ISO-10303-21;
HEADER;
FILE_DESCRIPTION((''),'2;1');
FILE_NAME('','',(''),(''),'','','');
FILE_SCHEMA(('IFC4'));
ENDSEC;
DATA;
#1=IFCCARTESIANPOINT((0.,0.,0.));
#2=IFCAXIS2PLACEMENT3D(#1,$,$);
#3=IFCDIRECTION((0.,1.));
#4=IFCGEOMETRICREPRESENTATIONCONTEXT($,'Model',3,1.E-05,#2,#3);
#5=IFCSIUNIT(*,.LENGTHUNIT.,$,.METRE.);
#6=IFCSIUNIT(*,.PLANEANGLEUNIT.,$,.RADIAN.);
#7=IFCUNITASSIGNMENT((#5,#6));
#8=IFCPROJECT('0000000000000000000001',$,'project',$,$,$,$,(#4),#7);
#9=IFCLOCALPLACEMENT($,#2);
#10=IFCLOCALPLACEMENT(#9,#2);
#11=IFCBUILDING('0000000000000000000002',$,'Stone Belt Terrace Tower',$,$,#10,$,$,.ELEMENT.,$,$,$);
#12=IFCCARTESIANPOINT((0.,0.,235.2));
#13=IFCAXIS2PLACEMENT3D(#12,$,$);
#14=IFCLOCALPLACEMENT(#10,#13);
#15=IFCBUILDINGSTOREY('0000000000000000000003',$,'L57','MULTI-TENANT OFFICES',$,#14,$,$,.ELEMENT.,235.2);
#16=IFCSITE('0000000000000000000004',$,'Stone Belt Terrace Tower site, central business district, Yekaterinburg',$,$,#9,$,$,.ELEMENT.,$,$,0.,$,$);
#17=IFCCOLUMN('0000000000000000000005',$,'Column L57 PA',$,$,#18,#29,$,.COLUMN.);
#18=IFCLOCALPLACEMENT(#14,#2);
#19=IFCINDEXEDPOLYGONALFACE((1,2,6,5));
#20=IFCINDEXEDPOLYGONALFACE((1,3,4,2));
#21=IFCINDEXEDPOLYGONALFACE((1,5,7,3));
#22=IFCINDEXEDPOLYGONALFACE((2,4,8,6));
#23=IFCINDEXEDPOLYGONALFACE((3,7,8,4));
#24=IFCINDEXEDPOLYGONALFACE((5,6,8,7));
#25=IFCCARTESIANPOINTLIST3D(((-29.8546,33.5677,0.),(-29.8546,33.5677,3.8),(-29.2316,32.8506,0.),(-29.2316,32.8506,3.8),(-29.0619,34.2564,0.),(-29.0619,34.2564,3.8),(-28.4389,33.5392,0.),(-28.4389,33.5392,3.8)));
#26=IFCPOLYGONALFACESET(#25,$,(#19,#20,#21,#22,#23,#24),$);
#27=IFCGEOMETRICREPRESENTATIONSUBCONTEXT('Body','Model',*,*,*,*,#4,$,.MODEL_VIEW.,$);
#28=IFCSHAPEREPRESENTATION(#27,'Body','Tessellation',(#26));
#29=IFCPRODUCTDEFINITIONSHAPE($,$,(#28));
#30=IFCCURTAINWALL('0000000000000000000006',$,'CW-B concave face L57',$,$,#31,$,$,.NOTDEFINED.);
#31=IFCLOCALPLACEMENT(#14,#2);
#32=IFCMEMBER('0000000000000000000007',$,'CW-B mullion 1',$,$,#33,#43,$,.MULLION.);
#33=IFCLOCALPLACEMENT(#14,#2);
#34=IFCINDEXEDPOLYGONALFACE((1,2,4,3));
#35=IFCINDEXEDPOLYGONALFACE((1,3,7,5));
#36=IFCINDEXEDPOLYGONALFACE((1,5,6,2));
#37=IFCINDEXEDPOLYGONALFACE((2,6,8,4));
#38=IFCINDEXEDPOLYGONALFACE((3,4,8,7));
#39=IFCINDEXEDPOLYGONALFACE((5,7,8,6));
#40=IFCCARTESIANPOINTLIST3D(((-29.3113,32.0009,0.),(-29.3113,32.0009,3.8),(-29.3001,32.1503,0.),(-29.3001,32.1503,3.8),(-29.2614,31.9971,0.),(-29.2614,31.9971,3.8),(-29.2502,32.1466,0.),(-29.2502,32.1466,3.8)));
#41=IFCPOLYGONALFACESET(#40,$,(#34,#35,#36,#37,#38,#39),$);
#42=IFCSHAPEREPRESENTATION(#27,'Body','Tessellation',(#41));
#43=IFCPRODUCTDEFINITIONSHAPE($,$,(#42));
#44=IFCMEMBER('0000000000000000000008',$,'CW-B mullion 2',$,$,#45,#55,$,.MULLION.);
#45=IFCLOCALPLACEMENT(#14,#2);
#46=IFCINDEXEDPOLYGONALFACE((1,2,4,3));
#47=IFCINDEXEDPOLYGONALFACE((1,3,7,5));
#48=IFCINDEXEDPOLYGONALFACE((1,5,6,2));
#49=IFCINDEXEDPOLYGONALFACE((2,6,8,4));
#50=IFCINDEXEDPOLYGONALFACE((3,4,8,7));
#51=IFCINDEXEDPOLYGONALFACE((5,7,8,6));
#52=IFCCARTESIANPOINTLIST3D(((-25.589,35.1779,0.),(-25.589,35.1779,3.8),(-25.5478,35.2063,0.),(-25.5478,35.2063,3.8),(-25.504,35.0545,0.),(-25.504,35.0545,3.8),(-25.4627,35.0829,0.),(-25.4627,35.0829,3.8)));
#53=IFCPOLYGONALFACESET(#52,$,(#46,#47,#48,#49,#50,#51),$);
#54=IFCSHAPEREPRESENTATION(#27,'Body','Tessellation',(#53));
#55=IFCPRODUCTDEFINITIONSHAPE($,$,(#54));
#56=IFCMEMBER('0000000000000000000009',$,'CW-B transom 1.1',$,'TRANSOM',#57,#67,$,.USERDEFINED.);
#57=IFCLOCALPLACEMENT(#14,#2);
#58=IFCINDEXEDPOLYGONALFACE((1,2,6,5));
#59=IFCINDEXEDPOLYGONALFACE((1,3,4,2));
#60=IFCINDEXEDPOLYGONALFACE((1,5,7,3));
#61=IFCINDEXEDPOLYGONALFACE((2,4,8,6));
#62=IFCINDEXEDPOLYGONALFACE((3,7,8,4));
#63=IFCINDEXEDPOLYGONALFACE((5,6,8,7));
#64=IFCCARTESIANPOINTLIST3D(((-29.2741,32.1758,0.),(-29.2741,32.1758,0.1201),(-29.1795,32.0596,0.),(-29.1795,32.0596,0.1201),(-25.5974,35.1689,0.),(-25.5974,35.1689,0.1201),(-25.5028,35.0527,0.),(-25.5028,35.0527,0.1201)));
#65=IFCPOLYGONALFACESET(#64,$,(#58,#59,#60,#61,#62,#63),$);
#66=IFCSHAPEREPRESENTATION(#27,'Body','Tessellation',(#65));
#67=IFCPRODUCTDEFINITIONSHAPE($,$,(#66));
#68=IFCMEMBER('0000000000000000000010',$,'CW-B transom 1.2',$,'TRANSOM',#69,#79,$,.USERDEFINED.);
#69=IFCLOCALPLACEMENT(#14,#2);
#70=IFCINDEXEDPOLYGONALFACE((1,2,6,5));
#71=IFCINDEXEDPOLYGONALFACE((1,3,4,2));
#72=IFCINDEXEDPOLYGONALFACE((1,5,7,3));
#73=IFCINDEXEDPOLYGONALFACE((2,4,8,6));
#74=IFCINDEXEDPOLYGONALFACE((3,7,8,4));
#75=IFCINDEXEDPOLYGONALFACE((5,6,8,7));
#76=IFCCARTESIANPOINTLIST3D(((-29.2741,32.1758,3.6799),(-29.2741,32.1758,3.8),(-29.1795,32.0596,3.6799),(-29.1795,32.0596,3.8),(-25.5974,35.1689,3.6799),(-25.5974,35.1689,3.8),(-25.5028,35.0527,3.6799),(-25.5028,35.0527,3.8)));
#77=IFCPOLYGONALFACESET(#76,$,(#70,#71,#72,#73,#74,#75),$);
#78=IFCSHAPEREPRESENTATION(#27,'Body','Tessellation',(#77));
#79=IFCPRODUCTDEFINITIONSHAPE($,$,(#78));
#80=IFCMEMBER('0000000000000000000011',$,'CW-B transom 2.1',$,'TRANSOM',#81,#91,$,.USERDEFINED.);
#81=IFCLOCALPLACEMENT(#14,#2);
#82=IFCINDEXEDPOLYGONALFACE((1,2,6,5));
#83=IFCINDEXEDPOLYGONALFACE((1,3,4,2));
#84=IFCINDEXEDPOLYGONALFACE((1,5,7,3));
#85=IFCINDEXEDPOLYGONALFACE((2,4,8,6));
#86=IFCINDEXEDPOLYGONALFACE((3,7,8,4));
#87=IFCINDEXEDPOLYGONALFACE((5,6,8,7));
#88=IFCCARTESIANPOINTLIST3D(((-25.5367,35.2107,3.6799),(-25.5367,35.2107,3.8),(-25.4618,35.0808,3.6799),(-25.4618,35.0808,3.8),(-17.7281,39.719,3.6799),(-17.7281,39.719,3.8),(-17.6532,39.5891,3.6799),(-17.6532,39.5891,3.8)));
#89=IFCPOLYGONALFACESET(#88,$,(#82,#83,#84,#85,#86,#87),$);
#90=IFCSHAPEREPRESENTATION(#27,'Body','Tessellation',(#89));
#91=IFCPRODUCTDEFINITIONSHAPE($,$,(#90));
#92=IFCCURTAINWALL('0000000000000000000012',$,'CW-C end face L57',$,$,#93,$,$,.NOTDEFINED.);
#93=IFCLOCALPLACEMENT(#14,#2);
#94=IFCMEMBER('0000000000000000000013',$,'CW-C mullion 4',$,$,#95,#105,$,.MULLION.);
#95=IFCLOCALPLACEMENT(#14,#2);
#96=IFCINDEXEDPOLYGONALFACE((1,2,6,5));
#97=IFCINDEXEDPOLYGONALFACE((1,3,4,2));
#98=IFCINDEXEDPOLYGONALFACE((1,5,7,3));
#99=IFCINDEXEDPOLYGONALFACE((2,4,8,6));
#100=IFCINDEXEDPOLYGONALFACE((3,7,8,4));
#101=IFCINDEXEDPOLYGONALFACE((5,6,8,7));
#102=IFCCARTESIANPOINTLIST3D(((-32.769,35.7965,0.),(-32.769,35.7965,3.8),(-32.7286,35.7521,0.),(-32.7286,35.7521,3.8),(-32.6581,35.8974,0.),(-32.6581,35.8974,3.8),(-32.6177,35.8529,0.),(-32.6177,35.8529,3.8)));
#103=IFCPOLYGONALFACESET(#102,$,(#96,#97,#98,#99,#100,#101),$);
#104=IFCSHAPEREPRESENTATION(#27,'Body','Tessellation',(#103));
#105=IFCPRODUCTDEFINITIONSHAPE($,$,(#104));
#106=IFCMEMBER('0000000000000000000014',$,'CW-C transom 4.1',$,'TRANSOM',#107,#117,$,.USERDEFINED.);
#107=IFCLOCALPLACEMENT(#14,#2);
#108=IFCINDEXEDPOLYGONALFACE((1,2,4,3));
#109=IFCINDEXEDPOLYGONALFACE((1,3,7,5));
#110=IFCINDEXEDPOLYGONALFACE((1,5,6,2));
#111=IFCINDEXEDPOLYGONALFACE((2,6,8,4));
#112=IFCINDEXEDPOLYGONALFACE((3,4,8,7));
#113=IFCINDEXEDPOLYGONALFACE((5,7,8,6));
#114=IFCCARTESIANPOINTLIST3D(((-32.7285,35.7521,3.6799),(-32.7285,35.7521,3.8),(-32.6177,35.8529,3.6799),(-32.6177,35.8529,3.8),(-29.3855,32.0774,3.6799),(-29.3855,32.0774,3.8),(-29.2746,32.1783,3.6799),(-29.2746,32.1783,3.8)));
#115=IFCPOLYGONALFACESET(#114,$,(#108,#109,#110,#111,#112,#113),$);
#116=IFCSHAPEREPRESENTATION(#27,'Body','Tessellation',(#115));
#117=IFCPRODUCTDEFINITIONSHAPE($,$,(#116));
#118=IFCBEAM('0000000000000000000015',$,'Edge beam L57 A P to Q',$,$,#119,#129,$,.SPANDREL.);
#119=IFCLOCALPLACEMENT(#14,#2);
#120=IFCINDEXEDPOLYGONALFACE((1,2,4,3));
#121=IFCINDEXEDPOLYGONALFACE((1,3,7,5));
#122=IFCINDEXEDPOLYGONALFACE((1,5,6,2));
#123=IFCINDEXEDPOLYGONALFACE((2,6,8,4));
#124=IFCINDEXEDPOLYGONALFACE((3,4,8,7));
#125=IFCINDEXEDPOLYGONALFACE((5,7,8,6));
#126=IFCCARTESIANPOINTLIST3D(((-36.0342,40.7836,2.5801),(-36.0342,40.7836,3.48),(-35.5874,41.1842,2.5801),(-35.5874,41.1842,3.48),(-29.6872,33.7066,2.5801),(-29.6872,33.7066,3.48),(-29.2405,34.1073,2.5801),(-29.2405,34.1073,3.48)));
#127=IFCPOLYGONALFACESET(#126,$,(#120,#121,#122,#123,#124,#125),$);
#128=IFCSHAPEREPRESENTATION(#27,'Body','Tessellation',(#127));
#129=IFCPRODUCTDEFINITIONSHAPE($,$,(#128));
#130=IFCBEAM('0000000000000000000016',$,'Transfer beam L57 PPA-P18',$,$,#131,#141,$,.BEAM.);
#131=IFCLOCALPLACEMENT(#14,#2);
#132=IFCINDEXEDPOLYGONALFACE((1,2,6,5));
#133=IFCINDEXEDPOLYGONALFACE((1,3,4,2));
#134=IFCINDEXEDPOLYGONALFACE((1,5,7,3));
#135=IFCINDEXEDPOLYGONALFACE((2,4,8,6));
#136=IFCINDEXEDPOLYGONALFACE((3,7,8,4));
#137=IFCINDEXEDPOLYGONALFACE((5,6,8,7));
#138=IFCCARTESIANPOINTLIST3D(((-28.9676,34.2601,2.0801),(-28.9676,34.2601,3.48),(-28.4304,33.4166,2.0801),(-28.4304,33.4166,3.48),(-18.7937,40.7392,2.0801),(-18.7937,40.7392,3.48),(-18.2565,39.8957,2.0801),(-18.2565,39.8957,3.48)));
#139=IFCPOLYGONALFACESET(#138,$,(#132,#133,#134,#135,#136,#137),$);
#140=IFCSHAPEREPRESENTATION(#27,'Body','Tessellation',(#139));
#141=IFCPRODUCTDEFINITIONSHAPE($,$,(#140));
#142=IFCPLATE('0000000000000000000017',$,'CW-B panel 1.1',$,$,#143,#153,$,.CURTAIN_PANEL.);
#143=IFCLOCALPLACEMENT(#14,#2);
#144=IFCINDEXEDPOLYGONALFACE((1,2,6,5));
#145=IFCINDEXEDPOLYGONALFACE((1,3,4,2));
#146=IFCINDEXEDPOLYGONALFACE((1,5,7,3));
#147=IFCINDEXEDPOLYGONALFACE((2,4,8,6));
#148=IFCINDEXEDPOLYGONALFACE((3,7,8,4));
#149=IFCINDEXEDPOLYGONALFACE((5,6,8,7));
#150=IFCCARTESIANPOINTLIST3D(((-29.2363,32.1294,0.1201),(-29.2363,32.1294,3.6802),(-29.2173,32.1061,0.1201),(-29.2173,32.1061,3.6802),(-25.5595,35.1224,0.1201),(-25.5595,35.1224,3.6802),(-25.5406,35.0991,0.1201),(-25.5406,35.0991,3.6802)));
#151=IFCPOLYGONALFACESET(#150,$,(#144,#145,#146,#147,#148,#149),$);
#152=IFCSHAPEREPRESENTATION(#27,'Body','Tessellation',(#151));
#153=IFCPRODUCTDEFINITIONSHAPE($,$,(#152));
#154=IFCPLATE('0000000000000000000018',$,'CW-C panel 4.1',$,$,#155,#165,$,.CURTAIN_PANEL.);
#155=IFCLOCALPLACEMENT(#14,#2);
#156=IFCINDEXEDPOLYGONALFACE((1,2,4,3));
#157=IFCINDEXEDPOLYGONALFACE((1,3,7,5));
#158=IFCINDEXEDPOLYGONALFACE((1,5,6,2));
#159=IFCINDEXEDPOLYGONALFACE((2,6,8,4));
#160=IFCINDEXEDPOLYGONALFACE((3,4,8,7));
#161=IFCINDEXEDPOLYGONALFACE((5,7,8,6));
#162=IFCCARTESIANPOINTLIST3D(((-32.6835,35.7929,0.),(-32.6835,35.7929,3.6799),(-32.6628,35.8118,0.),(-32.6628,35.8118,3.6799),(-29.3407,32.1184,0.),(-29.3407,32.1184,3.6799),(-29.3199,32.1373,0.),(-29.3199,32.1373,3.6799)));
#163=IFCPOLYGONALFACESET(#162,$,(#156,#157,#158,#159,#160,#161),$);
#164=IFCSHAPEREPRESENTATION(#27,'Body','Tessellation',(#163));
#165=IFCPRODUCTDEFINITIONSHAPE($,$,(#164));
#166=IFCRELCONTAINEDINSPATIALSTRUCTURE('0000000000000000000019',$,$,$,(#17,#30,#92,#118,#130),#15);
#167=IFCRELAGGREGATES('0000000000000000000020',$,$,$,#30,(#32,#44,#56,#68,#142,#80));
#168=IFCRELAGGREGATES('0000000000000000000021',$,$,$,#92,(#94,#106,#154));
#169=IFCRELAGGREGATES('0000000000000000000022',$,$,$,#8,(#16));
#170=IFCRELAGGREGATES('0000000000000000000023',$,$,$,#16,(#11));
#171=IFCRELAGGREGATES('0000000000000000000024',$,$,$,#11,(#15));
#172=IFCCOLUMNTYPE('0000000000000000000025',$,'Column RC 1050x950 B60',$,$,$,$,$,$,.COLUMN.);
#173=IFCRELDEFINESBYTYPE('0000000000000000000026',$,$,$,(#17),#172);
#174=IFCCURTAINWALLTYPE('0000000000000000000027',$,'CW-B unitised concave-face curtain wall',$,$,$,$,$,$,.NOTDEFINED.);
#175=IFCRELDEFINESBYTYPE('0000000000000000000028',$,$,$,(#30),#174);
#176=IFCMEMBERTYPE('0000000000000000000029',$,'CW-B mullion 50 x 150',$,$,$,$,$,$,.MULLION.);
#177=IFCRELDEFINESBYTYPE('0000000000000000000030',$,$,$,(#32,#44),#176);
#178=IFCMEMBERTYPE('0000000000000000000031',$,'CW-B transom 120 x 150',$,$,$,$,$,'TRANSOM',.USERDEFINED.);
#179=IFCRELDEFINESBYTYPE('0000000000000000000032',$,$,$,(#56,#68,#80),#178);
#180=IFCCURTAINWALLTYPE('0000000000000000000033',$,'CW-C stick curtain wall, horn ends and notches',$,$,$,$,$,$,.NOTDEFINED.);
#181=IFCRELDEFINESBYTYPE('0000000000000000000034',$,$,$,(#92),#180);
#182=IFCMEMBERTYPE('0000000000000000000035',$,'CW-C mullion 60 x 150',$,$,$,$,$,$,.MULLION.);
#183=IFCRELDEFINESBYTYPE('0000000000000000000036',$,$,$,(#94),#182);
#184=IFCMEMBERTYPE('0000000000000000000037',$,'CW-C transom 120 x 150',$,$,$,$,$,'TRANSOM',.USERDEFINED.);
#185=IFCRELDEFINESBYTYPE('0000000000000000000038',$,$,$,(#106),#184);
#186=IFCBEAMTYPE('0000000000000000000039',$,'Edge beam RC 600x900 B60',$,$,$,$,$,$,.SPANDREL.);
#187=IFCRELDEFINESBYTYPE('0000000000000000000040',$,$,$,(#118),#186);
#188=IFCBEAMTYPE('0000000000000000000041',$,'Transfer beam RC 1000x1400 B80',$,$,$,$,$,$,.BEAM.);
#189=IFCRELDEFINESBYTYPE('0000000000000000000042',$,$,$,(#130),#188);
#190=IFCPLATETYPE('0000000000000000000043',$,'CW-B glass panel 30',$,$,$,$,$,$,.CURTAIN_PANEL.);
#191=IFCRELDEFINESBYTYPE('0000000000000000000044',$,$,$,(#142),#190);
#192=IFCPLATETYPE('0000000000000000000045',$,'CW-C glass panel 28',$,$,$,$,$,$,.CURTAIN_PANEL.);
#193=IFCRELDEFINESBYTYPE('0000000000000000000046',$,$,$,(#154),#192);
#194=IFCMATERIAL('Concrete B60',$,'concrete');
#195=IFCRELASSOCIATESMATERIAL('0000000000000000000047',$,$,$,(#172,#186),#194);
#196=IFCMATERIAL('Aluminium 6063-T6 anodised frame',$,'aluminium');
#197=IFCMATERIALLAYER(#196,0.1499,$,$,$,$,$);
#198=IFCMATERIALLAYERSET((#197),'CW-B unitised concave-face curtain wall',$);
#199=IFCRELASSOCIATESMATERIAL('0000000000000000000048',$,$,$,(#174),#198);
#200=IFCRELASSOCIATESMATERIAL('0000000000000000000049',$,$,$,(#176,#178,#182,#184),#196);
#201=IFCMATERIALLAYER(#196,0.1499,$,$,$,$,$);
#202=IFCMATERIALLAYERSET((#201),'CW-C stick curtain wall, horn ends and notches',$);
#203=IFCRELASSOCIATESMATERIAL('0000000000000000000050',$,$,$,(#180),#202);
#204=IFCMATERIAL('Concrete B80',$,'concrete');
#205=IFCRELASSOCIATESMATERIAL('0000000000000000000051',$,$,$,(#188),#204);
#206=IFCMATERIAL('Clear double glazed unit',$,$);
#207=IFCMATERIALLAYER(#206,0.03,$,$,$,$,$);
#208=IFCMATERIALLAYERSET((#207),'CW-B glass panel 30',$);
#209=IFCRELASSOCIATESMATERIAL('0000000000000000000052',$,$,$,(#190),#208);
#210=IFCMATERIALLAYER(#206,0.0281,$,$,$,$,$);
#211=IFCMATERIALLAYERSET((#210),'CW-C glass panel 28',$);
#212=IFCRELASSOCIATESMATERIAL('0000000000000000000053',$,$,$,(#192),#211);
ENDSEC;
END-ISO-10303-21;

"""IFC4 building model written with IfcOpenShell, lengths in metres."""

from ifc_helpers import new_model, si_unit, direction, frame, origin, origin_2d, place, context, subcontext, project, spatial, rectangle, extrude, material, layer, layer_set, material_profile, profile_set, type_object, element, aggregate, save


model = new_model("IFC4")

# Units and contexts
model_context = context("Model", 3, precision=1e-05, world=origin(), true_north=direction((0.0, 1.0)))
body_context = subcontext(model_context, "Body", "Model", "MODEL_VIEW")
ifc_project = project(units=[si_unit("LENGTHUNIT", "METRE"), si_unit("PLANEANGLEUNIT", "RADIAN")], contexts=[model_context])

# Site, building, storey
site_placement = place(None, origin())
site = spatial("IfcSite", under=ifc_project, at=site_placement, Name="Stone Belt Terrace Tower site, central business district, Yekaterinburg", CompositionType="ELEMENT", RefElevation=0.0)
building_placement = place(site_placement, origin())
building = spatial("IfcBuilding", under=site, at=building_placement, Name="Stone Belt Terrace Tower", CompositionType="ELEMENT")
storey_placement = place(building_placement, frame((0.0, 0.0, 235.2)))
storey = spatial("IfcBuildingStorey", under=building, at=storey_placement, Name="L57", Description="MULTI-TENANT OFFICES", CompositionType="ELEMENT", Elevation=235.2)

# Column
ifc_material_1 = material(Name="Concrete B60", Category="concrete")
ifc_material_profile_1 = material_profile(ifc_material_1, rectangle(XDim=1.05, YDim=0.95, at=origin_2d()), Name="RC 1050x950")
ifc_profile_set_1 = profile_set([ifc_material_profile_1], Name="Concrete B60")
column_type = type_object("IfcColumnType", Name="Column RC 1050x950 B60", PredefinedType="COLUMN", material=ifc_profile_set_1)
column_placement = place(storey_placement, frame((-29.1467, 33.5535, 0.0), z_axis=(0.0, 0.0, 1.0), x_axis=(0.754941, 0.655793, 0.0)))
element("IfcColumn", 1, at=column_placement, inside=storey, type_object=column_type, Name="Column L57 PA", PredefinedType="COLUMN", context=body_context, shape_type="SweptSolid", body=[
    extrude(rectangle(XDim=1.05, YDim=0.95, at=origin_2d()), origin(), (0.0, 0.0, 1.0), 3.8),
])

# Curtain walls, members
ifc_material_2 = material(Name="Aluminium 6063-T6 anodised frame", Category="aluminium")
ifc_layer_1 = layer(ifc_material_2, 0.1499)
ifc_layer_set_1 = layer_set([ifc_layer_1], Name="CW-B unitised concave-face curtain wall")
curtain_wall_type_1 = type_object("IfcCurtainWallType", Name="CW-B unitised concave-face curtain wall", PredefinedType="NOTDEFINED", material=ifc_layer_set_1)
curtain_wall_1_placement = place(storey_placement, origin())
curtain_wall_1 = element("IfcCurtainWall", 2, at=curtain_wall_1_placement, inside=storey, type_object=curtain_wall_type_1, Name="CW-B concave face L57", PredefinedType="NOTDEFINED")
ifc_material_profile_2 = material_profile(ifc_material_2, rectangle(XDim=0.1499, YDim=0.05, at=origin_2d()), Name="Aluminium 6063-T6 50x150")
ifc_profile_set_2 = profile_set([ifc_material_profile_2], Name="Aluminium 6063-T6 anodised frame")
member_type_1 = type_object("IfcMemberType", Name="CW-B mullion 50 x 150", PredefinedType="MULLION", material=ifc_profile_set_2)
member_1_placement = place(storey_placement, frame((-29.2808, 32.0737, 0.0), z_axis=(0.0, 0.0, 1.0), x_axis=(0.074613, 0.997213, 0.0)))
member_1 = element("IfcMember", 3, at=member_1_placement, type_object=member_type_1, Name="CW-B mullion 1", PredefinedType="MULLION", context=body_context, shape_type="SweptSolid", body=[
    extrude(rectangle(XDim=0.1499, YDim=0.05, at=origin_2d()), origin(), (0.0, 0.0, 1.0), 3.8),
])
member_2_placement = place(storey_placement, frame((-25.5259, 35.1304, 0.0), z_axis=(0.0, 0.0, 1.0), x_axis=(-0.567465, 0.823397, 0.0)))
member_2 = element("IfcMember", 4, at=member_2_placement, type_object=member_type_1, Name="CW-B mullion 2", PredefinedType="MULLION", context=body_context, shape_type="SweptSolid", body=[
    extrude(rectangle(XDim=0.1499, YDim=0.05, at=origin_2d()), origin(), (0.0, 0.0, 1.0), 3.8),
])
ifc_material_profile_3 = material_profile(ifc_material_2, rectangle(XDim=0.1499, YDim=0.1201, at=origin_2d()), Name="Aluminium 6063-T6 150x120")
ifc_profile_set_3 = profile_set([ifc_material_profile_3], Name="Aluminium 6063-T6 anodised frame")
member_type_2 = type_object("IfcMemberType", Name="CW-B transom 120 x 150", ElementType="TRANSOM", PredefinedType="USERDEFINED", material=ifc_profile_set_3)
member_3_placement = place(storey_placement, frame((-29.2268, 32.1177, 0.0601), z_axis=(0.775515, 0.631329, 0.0), x_axis=(-0.631329, 0.775515, 0.0)))
member_3 = element("IfcMember", 5, at=member_3_placement, type_object=member_type_2, Name="CW-B transom 1.1", ObjectType="TRANSOM", PredefinedType="USERDEFINED", context=body_context, shape_type="SweptSolid", body=[
    extrude(rectangle(XDim=0.1499, YDim=0.1201, at=origin_2d()), origin(), (0.0, 0.0, 1.0), 4.741),
])
member_4_placement = place(storey_placement, frame((-29.2268, 32.1177, 3.74), z_axis=(0.775515, 0.631329, 0.0), x_axis=(-0.631329, 0.775515, 0.0)))
member_4 = element("IfcMember", 6, at=member_4_placement, type_object=member_type_2, Name="CW-B transom 1.2", ObjectType="TRANSOM", PredefinedType="USERDEFINED", context=body_context, shape_type="SweptSolid", body=[
    extrude(rectangle(XDim=0.1499, YDim=0.1201, at=origin_2d()), origin(), (0.0, 0.0, 1.0), 4.741),
])
member_5_placement = place(storey_placement, frame((-25.4993, 35.1458, 3.74), z_axis=(0.866025, 0.500001, 0.0), x_axis=(-0.500001, 0.866025, 0.0)))
member_5 = element("IfcMember", 7, at=member_5_placement, type_object=member_type_2, Name="CW-B transom 2.1", ObjectType="TRANSOM", PredefinedType="USERDEFINED", context=body_context, shape_type="SweptSolid", body=[
    extrude(rectangle(XDim=0.1499, YDim=0.1201, at=origin_2d()), origin(), (0.0, 0.0, 1.0), 9.0166),
])
ifc_layer_2 = layer(ifc_material_2, 0.1499)
ifc_layer_set_2 = layer_set([ifc_layer_2], Name="CW-C stick curtain wall, horn ends and notches")
curtain_wall_type_2 = type_object("IfcCurtainWallType", Name="CW-C stick curtain wall, horn ends and notches", PredefinedType="NOTDEFINED", material=ifc_layer_set_2)
curtain_wall_2_placement = place(storey_placement, origin())
curtain_wall_2 = element("IfcCurtainWall", 8, at=curtain_wall_2_placement, inside=storey, type_object=curtain_wall_type_2, Name="CW-C end face L57", PredefinedType="NOTDEFINED")
ifc_material_profile_4 = material_profile(ifc_material_2, rectangle(XDim=0.1499, YDim=0.0601, at=origin_2d()), Name="Aluminium 6063-T6 60x150")
ifc_profile_set_4 = profile_set([ifc_material_profile_4], Name="Aluminium 6063-T6 anodised frame")
member_type_3 = type_object("IfcMemberType", Name="CW-C mullion 60 x 150", PredefinedType="MULLION", material=ifc_profile_set_4)
member_6_placement = place(storey_placement, frame((-32.6934, 35.8247, 0.0), z_axis=(0.0, 0.0, 1.0), x_axis=(0.739693, 0.672944, 0.0)))
member_6 = element("IfcMember", 9, at=member_6_placement, type_object=member_type_3, Name="CW-C mullion 4", PredefinedType="MULLION", context=body_context, shape_type="SweptSolid", body=[
    extrude(rectangle(XDim=0.1499, YDim=0.0601, at=origin_2d()), origin(), (0.0, 0.0, 1.0), 3.8),
])
ifc_material_profile_5 = material_profile(ifc_material_2, rectangle(XDim=0.1499, YDim=0.1201, at=origin_2d()), Name="Aluminium 6063-T6 150x120")
ifc_profile_set_5 = profile_set([ifc_material_profile_5], Name="Aluminium 6063-T6 anodised frame")
member_type_4 = type_object("IfcMemberType", Name="CW-C transom 120 x 150", ElementType="TRANSOM", PredefinedType="USERDEFINED", material=ifc_profile_set_5)
member_7_placement = place(storey_placement, frame((-32.6731, 35.8025, 3.74), z_axis=(0.672949, -0.739689, 0.0), x_axis=(0.739689, 0.672949, 0.0)))
member_7 = element("IfcMember", 10, at=member_7_placement, type_object=member_type_4, Name="CW-C transom 4.1", ObjectType="TRANSOM", PredefinedType="USERDEFINED", context=body_context, shape_type="SweptSolid", body=[
    extrude(rectangle(XDim=0.1499, YDim=0.1201, at=origin_2d()), origin(), (0.0, 0.0, 1.0), 4.9678),
])

# Beams
ifc_material_profile_6 = material_profile(ifc_material_1, rectangle(XDim=0.6001, YDim=0.8999, at=origin_2d()), Name="RC 600x900")
ifc_profile_set_6 = profile_set([ifc_material_profile_6], Name="Concrete B60")
beam_type_1 = type_object("IfcBeamType", Name="Edge beam RC 600x900 B60", PredefinedType="SPANDREL", material=ifc_profile_set_6)
beam_1_placement = place(storey_placement, frame((-29.4639, 33.907, 3.03), z_axis=(-0.667668, 0.744459, 0.0), x_axis=(-0.744459, -0.667668, 0.0)))
element("IfcBeam", 11, at=beam_1_placement, inside=storey, type_object=beam_type_1, Name="Edge beam L57 A P to Q", PredefinedType="SPANDREL", context=body_context, shape_type="SweptSolid", body=[
    extrude(rectangle(XDim=0.6001, YDim=0.8999, at=origin_2d()), origin(), (0.0, 0.0, 1.0), 9.5061),
])
ifc_material_3 = material(Name="Concrete B80", Category="concrete")
ifc_material_profile_7 = material_profile(ifc_material_3, rectangle(XDim=1.0, YDim=1.3999, at=origin_2d()), Name="RC 1000x1400")
ifc_profile_set_7 = profile_set([ifc_material_profile_7], Name="Concrete B80")
beam_type_2 = type_object("IfcBeamType", Name="Transfer beam RC 1000x1400 B80", PredefinedType="BEAM", material=ifc_profile_set_7)
beam_2_placement = place(storey_placement, frame((-28.699, 33.8384, 2.78), z_axis=(0.843483, 0.537156, 0.0), x_axis=(-0.537156, 0.843483, 0.0)))
element("IfcBeam", 12, at=beam_2_placement, inside=storey, type_object=beam_type_2, Name="Transfer beam L57 PPA-P18", PredefinedType="BEAM", context=body_context, shape_type="SweptSolid", body=[
    extrude(rectangle(XDim=1.0, YDim=1.3999, at=origin_2d()), origin(), (0.0, 0.0, 1.0), 12.0618),
])

# Plates
ifc_material_4 = material(Name="Clear double glazed unit")
ifc_layer_3 = layer(ifc_material_4, 0.03)
ifc_layer_set_3 = layer_set([ifc_layer_3], Name="CW-B glass panel 30")
plate_type_1 = type_object("IfcPlateType", Name="CW-B glass panel 30", PredefinedType="CURTAIN_PANEL", material=ifc_layer_set_3)
plate_1_placement = place(storey_placement, frame((-27.3884, 33.6143, 0.1201), z_axis=(0.0, 0.0, 1.0), x_axis=(0.775525, 0.631317, 0.0)))
plate_1 = element("IfcPlate", 13, at=plate_1_placement, type_object=plate_type_1, Name="CW-B panel 1.1", PredefinedType="CURTAIN_PANEL", context=body_context, shape_type="SweptSolid", body=[
    extrude(rectangle(XDim=4.741, YDim=0.03, at=origin_2d()), origin(), (0.0, 0.0, 1.0), 3.5601),
])
aggregate(curtain_wall_1, [member_1, member_2, member_3, member_4, plate_1, member_5])
ifc_layer_4 = layer(ifc_material_4, 0.0281)
ifc_layer_set_4 = layer_set([ifc_layer_4], Name="CW-C glass panel 28")
plate_type_2 = type_object("IfcPlateType", Name="CW-C glass panel 28", PredefinedType="CURTAIN_PANEL", material=ifc_layer_set_4)
plate_2_placement = place(storey_placement, frame((-31.0017, 33.9651, 0.0), z_axis=(0.0, 0.0, 1.0), x_axis=(0.672944, -0.739693, 0.0)))
plate_2 = element("IfcPlate", 14, at=plate_2_placement, type_object=plate_type_2, Name="CW-C panel 4.1", PredefinedType="CURTAIN_PANEL", context=body_context, shape_type="SweptSolid", body=[
    extrude(rectangle(XDim=4.9675, YDim=0.0281, at=origin_2d()), origin(), (0.0, 0.0, 1.0), 3.6799),
])
aggregate(curtain_wall_2, [member_6, member_7, plate_2])

save(model, "model.ifc")
